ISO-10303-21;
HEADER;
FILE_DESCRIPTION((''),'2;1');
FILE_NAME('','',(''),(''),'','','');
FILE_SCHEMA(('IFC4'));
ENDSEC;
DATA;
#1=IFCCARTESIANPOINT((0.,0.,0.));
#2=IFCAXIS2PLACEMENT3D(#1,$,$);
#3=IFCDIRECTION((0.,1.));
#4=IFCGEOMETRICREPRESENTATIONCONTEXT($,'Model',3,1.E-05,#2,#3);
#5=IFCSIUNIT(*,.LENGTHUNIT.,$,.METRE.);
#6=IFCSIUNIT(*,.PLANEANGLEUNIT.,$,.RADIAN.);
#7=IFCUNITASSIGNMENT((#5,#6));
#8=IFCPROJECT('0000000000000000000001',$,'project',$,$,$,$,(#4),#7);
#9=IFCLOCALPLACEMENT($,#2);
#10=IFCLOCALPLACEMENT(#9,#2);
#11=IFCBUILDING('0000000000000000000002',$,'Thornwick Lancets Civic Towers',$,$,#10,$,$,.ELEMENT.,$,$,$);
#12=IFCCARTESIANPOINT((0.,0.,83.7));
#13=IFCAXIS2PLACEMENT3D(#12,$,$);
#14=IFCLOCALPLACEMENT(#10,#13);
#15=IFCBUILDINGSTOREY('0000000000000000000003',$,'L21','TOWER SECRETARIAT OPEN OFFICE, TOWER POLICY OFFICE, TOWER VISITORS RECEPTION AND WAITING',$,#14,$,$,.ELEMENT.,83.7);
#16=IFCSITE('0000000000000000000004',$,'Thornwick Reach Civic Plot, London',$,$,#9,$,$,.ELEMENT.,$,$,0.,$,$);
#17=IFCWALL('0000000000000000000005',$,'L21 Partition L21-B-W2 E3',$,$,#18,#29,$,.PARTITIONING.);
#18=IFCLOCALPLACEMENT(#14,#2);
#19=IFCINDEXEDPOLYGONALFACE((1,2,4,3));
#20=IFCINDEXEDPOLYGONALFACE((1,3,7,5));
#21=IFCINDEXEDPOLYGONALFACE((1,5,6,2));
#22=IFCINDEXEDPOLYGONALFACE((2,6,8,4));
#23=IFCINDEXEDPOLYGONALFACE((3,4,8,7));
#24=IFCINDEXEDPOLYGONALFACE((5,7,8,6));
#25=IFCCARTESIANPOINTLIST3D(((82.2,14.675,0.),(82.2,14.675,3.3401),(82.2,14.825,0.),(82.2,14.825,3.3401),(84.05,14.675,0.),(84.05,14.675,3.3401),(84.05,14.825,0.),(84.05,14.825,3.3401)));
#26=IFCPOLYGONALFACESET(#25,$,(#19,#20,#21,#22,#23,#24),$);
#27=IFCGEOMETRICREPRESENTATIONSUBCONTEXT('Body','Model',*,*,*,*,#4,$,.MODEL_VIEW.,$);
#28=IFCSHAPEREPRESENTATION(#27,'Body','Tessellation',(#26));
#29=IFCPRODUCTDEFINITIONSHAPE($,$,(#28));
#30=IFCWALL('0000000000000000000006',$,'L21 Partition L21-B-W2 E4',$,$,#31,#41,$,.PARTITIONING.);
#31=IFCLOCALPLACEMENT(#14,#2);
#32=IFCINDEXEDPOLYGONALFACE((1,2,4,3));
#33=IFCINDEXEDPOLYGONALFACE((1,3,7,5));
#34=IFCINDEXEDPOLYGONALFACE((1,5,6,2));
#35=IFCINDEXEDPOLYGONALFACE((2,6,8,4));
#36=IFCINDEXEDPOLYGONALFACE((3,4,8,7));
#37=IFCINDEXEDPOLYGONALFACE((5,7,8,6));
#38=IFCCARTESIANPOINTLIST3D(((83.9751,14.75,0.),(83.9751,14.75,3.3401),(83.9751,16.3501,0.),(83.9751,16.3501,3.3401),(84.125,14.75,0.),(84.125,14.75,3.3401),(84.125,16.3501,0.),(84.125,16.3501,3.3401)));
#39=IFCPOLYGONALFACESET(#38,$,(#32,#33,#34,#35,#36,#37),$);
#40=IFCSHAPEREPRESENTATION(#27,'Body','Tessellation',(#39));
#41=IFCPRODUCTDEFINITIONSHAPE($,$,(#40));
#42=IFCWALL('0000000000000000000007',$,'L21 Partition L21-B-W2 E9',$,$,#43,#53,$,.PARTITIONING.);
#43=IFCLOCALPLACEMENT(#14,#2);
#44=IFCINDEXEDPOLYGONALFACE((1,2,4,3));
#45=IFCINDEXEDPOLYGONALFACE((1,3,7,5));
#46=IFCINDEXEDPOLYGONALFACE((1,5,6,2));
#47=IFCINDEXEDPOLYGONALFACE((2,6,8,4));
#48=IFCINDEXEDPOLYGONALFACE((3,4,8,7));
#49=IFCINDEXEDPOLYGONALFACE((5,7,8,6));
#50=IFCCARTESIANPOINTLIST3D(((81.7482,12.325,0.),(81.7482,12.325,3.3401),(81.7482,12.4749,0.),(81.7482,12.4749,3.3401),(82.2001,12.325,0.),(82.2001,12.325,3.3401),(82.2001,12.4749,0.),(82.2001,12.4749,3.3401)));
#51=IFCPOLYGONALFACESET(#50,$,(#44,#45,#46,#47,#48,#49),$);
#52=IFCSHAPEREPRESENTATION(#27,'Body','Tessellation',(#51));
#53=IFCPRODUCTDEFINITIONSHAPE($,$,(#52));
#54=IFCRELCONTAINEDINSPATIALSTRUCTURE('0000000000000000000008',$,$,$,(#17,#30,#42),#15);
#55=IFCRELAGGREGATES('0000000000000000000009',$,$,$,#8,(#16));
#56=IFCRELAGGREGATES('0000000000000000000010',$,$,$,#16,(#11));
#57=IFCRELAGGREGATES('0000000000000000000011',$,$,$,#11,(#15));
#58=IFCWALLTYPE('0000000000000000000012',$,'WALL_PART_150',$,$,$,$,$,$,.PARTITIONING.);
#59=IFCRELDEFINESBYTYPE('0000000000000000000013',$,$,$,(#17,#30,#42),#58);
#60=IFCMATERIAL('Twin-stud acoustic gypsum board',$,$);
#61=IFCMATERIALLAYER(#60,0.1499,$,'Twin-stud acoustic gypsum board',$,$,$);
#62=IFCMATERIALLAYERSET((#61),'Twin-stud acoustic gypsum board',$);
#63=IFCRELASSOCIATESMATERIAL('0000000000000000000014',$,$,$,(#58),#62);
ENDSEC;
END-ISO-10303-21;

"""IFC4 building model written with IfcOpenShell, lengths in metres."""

from ifc_helpers import new_model, si_unit, direction, frame, frame_2d, origin, place, context, subcontext, project, spatial, rectangle, extrude, material, layer, layer_set, type_object, element, save


model = new_model("IFC4")

# Units and contexts
model_context = context("Model", 3, precision=1e-05, world=origin(), true_north=direction((0.0, 1.0)))
body_context = subcontext(model_context, "Body", "Model", "MODEL_VIEW")
ifc_project = project(units=[si_unit("LENGTHUNIT", "METRE"), si_unit("PLANEANGLEUNIT", "RADIAN")], contexts=[model_context])

# Site, building, storey
site_placement = place(None, origin())
site = spatial("IfcSite", under=ifc_project, at=site_placement, Name="Thornwick Reach Civic Plot, London", CompositionType="ELEMENT", RefElevation=0.0)
building_placement = place(site_placement, origin())
building = spatial("IfcBuilding", under=site, at=building_placement, Name="Thornwick Lancets Civic Towers", CompositionType="ELEMENT")
storey_placement = place(building_placement, frame((0.0, 0.0, 83.7)))
storey = spatial("IfcBuildingStorey", under=building, at=storey_placement, Name="L21", Description="TOWER SECRETARIAT OPEN OFFICE, TOWER POLICY OFFICE, TOWER VISITORS RECEPTION AND WAITING", CompositionType="ELEMENT", Elevation=83.7)

# Walls
ifc_material_1 = material(Name="Twin-stud acoustic gypsum board")
ifc_layer_1 = layer(ifc_material_1, 0.1499, Name="Twin-stud acoustic gypsum board")
ifc_layer_set_1 = layer_set([ifc_layer_1], Name="Twin-stud acoustic gypsum board")
wall_type_1 = type_object("IfcWallType", Name="WALL_PART_150", PredefinedType="PARTITIONING", material=ifc_layer_set_1)
wall_1_placement = place(storey_placement, frame((82.2, 14.75, 0.0), z_axis=(0.0, 0.0, 1.0), x_axis=(1.0, 0.0, 0.0)))
element("IfcWall", 1, at=wall_1_placement, inside=storey, type_object=wall_type_1, Name="L21 Partition L21-B-W2 E3", PredefinedType="PARTITIONING", context=body_context, shape_type="SweptSolid", body=[
    extrude(rectangle(XDim=1.8501, YDim=0.1499, at=frame_2d((0.925, 0.0))), origin(), (0.0, 0.0, 1.0), 3.3401),
])
wall_2_placement = place(storey_placement, frame((84.05, 14.75, 0.0), z_axis=(0.0, 0.0, 1.0), x_axis=(0.0, 1.0, 0.0)))
element("IfcWall", 2, at=wall_2_placement, inside=storey, type_object=wall_type_1, Name="L21 Partition L21-B-W2 E4", PredefinedType="PARTITIONING", context=body_context, shape_type="SweptSolid", body=[
    extrude(rectangle(XDim=1.6001, YDim=0.1499, at=frame_2d((0.8, 0.0))), origin(), (0.0, 0.0, 1.0), 3.3401),
])

# Wall
wall_3_placement = place(storey_placement, frame((81.748, 12.3999, 0.0), z_axis=(0.0, 0.0, 1.0), x_axis=(1.0, 0.0, 0.0)))
element("IfcWall", 3, at=wall_3_placement, inside=storey, type_object=wall_type_1, Name="L21 Partition L21-B-W2 E9", PredefinedType="PARTITIONING", context=body_context, shape_type="SweptSolid", body=[
    extrude(rectangle(XDim=0.4519, YDim=0.1499, at=frame_2d((0.2261, 0.0))), origin(), (0.0, 0.0, 1.0), 3.3401),
])

save(model, "model.ifc")
